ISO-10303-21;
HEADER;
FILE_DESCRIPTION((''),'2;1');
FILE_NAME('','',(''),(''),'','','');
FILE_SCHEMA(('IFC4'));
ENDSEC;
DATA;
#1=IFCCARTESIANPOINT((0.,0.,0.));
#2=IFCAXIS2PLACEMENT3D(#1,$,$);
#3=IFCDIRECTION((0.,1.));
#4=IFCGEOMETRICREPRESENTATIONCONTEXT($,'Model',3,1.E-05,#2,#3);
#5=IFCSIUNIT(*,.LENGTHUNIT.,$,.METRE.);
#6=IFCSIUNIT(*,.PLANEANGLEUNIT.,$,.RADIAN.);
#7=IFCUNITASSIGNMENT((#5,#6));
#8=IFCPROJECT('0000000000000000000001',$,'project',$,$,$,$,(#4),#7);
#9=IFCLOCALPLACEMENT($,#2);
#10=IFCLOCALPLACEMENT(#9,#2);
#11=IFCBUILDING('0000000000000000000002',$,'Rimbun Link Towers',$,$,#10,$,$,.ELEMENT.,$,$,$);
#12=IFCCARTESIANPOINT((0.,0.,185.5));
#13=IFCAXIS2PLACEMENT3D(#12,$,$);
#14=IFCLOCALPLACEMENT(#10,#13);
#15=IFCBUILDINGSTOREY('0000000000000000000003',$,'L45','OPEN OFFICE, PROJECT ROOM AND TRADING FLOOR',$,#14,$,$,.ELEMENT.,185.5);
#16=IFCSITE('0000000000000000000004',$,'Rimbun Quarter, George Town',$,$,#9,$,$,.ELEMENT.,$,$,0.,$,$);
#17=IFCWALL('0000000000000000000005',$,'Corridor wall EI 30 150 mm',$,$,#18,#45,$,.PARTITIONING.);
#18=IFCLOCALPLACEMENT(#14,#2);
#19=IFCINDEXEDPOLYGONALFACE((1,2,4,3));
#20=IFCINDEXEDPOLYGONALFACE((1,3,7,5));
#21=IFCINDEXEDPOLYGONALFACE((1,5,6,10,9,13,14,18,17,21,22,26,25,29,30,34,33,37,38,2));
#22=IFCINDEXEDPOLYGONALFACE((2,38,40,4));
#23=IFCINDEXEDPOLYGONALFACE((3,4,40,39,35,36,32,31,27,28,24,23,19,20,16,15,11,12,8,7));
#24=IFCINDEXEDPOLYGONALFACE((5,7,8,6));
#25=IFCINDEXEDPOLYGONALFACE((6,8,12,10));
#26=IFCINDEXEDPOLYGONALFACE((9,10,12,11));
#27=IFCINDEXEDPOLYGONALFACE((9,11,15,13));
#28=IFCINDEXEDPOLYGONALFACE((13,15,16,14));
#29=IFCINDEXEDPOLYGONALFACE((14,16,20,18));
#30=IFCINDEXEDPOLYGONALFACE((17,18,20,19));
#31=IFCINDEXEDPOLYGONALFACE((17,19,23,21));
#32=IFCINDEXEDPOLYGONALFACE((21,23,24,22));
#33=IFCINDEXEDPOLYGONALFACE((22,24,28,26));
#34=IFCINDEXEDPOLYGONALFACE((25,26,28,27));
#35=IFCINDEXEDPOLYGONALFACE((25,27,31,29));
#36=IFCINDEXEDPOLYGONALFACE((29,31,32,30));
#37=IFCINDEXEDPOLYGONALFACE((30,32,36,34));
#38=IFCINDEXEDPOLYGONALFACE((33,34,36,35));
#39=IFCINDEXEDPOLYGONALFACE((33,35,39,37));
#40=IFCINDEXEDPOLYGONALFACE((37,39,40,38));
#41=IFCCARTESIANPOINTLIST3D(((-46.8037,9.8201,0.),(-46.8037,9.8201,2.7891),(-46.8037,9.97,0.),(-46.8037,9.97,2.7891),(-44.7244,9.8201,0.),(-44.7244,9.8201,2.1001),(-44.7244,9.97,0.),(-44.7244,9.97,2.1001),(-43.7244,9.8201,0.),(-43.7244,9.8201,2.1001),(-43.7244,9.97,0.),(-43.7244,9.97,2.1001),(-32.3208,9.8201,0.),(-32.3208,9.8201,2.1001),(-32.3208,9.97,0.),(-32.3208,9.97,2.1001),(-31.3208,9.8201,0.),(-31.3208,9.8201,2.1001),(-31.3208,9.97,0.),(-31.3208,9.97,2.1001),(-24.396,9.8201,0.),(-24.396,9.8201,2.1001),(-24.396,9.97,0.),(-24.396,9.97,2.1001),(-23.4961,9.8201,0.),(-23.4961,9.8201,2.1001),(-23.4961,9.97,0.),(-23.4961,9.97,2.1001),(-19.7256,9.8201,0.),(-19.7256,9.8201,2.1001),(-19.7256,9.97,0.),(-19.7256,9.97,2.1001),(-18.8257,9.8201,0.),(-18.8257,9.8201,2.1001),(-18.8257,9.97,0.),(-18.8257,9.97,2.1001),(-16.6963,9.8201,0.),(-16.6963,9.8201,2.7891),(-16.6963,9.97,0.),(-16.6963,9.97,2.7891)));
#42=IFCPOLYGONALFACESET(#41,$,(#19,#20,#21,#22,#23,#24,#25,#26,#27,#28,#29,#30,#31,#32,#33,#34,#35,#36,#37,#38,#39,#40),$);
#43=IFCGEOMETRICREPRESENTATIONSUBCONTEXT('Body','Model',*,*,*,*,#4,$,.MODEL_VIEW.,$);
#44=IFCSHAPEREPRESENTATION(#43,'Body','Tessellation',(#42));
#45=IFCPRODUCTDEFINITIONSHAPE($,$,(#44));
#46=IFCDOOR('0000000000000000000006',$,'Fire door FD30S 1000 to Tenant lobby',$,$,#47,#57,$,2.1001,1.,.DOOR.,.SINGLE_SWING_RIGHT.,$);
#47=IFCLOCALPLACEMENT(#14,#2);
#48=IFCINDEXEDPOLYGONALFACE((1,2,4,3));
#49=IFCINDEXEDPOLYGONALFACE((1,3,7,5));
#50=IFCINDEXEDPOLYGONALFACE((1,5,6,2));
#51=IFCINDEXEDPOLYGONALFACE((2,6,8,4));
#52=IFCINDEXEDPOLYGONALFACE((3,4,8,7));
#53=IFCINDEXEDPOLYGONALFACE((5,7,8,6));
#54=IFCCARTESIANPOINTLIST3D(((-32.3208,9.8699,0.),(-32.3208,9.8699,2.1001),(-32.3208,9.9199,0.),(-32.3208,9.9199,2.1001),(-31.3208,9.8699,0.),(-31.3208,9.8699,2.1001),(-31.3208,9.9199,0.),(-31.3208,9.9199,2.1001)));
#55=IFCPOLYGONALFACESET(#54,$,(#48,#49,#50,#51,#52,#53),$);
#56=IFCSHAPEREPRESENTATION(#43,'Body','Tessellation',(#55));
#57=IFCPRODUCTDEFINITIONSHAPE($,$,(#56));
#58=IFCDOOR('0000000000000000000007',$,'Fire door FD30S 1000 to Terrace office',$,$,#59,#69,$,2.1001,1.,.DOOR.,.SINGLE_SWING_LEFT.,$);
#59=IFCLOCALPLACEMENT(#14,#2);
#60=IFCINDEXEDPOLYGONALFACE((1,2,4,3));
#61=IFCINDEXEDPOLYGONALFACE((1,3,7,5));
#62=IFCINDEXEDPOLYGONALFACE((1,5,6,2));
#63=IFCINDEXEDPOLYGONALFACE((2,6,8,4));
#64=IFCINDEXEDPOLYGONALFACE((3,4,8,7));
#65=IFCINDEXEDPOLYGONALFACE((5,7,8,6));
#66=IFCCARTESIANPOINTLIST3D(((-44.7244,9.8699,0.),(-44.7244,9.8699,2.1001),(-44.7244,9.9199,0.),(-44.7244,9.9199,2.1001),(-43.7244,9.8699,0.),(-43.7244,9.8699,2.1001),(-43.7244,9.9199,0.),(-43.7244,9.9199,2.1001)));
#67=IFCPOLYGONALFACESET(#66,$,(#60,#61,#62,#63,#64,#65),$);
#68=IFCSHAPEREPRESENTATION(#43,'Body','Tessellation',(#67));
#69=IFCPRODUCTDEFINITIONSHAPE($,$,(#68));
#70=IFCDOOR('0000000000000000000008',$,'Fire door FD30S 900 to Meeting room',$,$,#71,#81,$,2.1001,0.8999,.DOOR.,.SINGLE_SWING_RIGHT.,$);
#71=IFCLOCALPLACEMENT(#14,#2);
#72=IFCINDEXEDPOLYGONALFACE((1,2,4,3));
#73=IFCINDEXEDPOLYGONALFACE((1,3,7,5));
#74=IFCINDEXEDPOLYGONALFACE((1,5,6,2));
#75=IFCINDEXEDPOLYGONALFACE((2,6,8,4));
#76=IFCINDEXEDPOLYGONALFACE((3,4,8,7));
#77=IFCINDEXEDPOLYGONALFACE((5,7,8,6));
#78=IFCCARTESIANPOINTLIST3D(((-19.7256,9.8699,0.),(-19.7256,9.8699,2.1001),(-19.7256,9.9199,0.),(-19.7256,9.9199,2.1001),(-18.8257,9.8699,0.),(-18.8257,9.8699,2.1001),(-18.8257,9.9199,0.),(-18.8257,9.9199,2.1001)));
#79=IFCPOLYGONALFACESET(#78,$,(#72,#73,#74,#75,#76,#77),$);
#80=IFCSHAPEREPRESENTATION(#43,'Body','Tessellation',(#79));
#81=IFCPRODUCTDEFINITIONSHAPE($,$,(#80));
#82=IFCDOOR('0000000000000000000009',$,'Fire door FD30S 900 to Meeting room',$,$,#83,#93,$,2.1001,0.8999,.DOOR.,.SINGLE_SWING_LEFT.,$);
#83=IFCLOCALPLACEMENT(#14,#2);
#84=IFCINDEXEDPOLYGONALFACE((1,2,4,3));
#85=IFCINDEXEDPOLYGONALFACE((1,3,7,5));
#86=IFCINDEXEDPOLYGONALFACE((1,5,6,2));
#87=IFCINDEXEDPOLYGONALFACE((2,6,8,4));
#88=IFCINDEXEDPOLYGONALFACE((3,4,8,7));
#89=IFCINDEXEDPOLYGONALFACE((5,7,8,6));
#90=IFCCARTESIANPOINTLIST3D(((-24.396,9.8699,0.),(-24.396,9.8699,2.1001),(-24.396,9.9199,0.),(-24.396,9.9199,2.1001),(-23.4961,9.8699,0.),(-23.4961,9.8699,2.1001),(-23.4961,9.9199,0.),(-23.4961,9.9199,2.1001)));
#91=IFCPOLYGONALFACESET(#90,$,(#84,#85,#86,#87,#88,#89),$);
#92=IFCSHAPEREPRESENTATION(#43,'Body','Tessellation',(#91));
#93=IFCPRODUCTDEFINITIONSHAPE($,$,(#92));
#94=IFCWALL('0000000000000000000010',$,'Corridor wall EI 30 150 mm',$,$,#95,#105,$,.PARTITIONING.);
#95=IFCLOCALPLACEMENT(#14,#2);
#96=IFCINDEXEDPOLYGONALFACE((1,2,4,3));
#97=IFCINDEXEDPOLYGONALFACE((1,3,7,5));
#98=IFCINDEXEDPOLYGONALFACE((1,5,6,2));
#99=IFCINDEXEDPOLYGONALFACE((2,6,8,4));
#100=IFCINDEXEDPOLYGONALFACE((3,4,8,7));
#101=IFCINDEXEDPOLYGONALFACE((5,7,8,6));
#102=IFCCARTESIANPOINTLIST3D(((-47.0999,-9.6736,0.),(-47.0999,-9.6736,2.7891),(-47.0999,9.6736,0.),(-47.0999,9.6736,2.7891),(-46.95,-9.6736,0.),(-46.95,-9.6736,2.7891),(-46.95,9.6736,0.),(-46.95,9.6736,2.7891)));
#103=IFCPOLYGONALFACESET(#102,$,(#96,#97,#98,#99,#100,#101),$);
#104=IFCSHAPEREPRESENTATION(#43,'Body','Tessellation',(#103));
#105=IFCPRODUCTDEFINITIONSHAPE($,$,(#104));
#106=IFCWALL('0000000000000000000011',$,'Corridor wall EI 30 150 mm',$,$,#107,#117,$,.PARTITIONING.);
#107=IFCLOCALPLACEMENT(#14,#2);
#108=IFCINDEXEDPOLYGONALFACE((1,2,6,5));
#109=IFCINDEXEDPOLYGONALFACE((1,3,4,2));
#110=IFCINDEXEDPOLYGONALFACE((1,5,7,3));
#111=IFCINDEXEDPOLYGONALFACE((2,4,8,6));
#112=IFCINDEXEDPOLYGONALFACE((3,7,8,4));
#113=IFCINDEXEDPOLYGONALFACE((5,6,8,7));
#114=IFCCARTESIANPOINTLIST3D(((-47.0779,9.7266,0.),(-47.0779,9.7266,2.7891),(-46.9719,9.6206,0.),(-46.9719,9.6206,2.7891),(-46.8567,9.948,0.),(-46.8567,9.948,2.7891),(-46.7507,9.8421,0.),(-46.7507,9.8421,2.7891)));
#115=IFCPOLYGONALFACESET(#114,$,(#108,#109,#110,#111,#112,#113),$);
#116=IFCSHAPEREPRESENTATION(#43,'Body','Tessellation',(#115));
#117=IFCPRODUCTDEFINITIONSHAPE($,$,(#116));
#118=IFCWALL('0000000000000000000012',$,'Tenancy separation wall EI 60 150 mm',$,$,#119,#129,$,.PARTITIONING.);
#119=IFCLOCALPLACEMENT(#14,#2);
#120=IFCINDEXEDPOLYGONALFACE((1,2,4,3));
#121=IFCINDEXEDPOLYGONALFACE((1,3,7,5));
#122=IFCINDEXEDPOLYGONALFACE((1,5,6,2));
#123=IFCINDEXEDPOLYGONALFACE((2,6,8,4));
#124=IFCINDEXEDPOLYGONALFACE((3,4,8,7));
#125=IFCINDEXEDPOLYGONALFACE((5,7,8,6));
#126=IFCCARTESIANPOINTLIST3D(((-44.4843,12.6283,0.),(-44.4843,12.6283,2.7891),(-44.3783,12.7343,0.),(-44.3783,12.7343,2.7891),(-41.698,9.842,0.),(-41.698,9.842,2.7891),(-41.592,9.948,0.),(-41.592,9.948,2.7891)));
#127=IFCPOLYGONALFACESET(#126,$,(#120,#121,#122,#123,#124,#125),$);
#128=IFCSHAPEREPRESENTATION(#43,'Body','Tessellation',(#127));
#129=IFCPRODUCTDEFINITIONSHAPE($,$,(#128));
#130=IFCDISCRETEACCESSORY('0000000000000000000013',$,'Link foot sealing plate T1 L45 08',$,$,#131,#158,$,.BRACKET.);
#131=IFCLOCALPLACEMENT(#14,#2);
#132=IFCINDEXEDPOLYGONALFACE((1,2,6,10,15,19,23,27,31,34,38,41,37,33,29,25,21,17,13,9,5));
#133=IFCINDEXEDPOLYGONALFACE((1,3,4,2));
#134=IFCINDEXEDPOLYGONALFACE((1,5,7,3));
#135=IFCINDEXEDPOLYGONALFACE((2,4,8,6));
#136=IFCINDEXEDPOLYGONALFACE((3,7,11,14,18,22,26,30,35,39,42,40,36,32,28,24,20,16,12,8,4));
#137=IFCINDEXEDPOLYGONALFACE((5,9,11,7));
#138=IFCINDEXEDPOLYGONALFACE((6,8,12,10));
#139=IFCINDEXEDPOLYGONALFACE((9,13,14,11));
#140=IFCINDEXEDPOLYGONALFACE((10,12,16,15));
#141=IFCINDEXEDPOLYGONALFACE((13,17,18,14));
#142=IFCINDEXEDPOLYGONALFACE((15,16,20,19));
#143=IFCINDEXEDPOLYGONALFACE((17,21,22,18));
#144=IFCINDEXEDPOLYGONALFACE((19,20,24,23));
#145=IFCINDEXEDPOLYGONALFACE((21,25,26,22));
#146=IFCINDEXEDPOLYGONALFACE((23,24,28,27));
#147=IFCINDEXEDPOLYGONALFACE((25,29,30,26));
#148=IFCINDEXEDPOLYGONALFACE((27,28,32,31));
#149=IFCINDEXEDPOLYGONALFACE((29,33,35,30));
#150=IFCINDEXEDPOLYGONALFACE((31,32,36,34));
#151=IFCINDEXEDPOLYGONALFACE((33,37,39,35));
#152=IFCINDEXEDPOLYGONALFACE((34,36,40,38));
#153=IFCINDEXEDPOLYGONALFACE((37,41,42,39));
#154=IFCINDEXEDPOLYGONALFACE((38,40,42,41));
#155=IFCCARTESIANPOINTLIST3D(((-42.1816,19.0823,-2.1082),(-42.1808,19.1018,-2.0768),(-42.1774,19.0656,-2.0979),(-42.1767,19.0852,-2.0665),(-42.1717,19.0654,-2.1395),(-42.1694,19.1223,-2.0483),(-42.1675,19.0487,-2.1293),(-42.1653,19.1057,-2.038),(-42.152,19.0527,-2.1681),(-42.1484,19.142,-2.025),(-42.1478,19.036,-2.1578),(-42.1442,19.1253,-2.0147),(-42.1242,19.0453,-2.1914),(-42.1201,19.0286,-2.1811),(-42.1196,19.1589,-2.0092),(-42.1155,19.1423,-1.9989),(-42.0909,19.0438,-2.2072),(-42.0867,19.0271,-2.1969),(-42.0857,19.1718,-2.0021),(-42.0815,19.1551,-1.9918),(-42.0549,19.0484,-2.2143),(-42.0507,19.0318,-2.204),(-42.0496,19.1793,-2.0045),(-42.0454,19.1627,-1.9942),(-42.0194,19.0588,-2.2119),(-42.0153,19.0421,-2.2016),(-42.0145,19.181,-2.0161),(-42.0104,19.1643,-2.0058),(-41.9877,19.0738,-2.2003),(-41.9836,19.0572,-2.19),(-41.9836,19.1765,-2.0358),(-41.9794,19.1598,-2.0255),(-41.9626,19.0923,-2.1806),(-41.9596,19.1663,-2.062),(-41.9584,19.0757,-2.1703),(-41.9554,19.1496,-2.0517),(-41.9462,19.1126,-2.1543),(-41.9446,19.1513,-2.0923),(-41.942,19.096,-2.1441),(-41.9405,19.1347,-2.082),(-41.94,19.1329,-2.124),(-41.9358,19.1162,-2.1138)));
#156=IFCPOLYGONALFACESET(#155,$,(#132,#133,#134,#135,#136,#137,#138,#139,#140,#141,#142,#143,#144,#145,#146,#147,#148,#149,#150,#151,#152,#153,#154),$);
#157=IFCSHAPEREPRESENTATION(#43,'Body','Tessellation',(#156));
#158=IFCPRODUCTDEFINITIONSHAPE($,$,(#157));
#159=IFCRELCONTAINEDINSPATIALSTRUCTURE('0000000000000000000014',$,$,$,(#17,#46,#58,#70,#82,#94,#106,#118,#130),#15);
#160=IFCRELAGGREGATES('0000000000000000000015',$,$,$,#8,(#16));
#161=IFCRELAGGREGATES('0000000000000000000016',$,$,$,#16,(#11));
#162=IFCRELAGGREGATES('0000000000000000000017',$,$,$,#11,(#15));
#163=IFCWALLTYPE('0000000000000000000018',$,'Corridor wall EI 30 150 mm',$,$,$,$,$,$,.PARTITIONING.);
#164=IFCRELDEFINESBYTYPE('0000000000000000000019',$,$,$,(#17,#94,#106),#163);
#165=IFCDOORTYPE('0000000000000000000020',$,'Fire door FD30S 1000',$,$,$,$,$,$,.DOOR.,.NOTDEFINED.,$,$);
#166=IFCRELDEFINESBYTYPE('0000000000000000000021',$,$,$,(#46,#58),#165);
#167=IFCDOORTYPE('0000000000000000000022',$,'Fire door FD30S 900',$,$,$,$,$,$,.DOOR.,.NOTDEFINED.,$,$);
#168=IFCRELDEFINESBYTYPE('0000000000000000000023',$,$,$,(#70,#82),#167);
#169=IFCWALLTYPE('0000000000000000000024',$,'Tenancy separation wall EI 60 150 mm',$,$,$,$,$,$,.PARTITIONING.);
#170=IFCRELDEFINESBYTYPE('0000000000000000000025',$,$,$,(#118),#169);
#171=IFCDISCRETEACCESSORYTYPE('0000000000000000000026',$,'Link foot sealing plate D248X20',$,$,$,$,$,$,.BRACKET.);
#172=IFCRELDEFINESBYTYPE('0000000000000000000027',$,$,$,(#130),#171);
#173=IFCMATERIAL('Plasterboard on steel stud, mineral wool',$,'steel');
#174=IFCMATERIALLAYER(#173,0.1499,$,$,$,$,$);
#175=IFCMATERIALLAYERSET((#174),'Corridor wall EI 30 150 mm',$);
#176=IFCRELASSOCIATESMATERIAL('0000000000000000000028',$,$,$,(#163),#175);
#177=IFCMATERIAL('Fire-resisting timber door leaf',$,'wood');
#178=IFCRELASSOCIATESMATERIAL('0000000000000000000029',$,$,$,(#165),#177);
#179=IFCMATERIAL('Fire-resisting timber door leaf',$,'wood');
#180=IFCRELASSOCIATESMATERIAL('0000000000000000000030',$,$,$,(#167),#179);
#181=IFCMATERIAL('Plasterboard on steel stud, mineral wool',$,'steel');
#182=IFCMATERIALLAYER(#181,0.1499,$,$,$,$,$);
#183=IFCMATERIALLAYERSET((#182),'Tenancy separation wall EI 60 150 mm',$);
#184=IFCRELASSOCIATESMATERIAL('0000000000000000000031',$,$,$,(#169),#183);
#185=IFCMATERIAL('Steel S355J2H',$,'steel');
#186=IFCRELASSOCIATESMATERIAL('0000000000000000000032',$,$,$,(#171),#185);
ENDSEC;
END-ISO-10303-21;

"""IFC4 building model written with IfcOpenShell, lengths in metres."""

from ifc_helpers import new_model, si_unit, direction, frame, frame_2d, origin, origin_2d, place, context, subcontext, project, spatial, rectangle, circle, extrude, material, layer, layer_set, material_profile, profile_set, type_object, element, fill, save


model = new_model("IFC4")

# Units and contexts
model_context = context("Model", 3, precision=1e-05, world=origin(), true_north=direction((0.0, 1.0)))
body_context = subcontext(model_context, "Body", "Model", "MODEL_VIEW")
ifc_project = project(units=[si_unit("LENGTHUNIT", "METRE"), si_unit("PLANEANGLEUNIT", "RADIAN")], contexts=[model_context])

# Site, building, storey
site_placement = place(None, origin())
site = spatial("IfcSite", under=ifc_project, at=site_placement, Name="Rimbun Quarter, George Town", CompositionType="ELEMENT", RefElevation=0.0)
building_placement = place(site_placement, origin())
building = spatial("IfcBuilding", under=site, at=building_placement, Name="Rimbun Link Towers", CompositionType="ELEMENT")
storey_placement = place(building_placement, frame((0.0, 0.0, 185.5)))
storey = spatial("IfcBuildingStorey", under=building, at=storey_placement, Name="L45", Description="OPEN OFFICE, PROJECT ROOM AND TRADING FLOOR", CompositionType="ELEMENT", Elevation=185.5)

# Wall, openings, doors
ifc_material_1 = material(Name="Plasterboard on steel stud, mineral wool", Category="steel")
ifc_layer_1 = layer(ifc_material_1, 0.1499)
ifc_layer_set_1 = layer_set([ifc_layer_1], Name="Corridor wall EI 30 150 mm")
wall_type_1 = type_object("IfcWallType", Name="Corridor wall EI 30 150 mm", PredefinedType="PARTITIONING", material=ifc_layer_set_1)
wall_1_placement = place(storey_placement, frame((-46.8037, 9.895, 0.0), z_axis=(0.0, 0.0, 1.0), x_axis=(1.0, 0.0, 0.0)))
wall_1 = element("IfcWall", 1, at=wall_1_placement, inside=storey, type_object=wall_type_1, Name="Corridor wall EI 30 150 mm", PredefinedType="PARTITIONING", context=body_context, shape_type="SweptSolid", body=[
    extrude(rectangle(XDim=30.1074, YDim=0.1499, at=frame_2d((15.0537, 0.0))), origin(), (0.0, 0.0, 1.0), 2.7891),
])
opening_1_placement = place(wall_1_placement, frame((27.0781, 0.0, 0.0)))
opening_1 = element("IfcOpeningElement", 2, at=opening_1_placement, cuts=wall_1, PredefinedType="OPENING", context=body_context, shape_type="SweptSolid", body=[
    extrude(rectangle(XDim=0.8999, YDim=2.1001, at=frame_2d((0.45, 1.05))), frame((0.0, 0.085, 0.0), z_axis=(0.0, -1.0, 0.0), x_axis=(1.0, 0.0, 0.0)), (0.0, 0.0, 1.0), 0.1699),
])
opening_2_placement = place(wall_1_placement, frame((22.4077, 0.0, 0.0)))
opening_2 = element("IfcOpeningElement", 3, at=opening_2_placement, cuts=wall_1, PredefinedType="OPENING", context=body_context, shape_type="SweptSolid", body=[
    extrude(rectangle(XDim=0.8999, YDim=2.1001, at=frame_2d((0.45, 1.05))), frame((0.0, 0.085, 0.0), z_axis=(0.0, -1.0, 0.0), x_axis=(1.0, 0.0, 0.0)), (0.0, 0.0, 1.0), 0.1699),
])
opening_3_placement = place(wall_1_placement, frame((14.4829, 0.0, 0.0)))
opening_3 = element("IfcOpeningElement", 4, at=opening_3_placement, cuts=wall_1, PredefinedType="OPENING", context=body_context, shape_type="SweptSolid", body=[
    extrude(rectangle(XDim=1.0, YDim=2.1001, at=frame_2d((0.5, 1.05))), frame((0.0, 0.085, 0.0), z_axis=(0.0, -1.0, 0.0), x_axis=(1.0, 0.0, 0.0)), (0.0, 0.0, 1.0), 0.1699),
])
opening_4_placement = place(wall_1_placement, frame((2.0793, 0.0, 0.0)))
opening_4 = element("IfcOpeningElement", 5, at=opening_4_placement, cuts=wall_1, PredefinedType="OPENING", context=body_context, shape_type="SweptSolid", body=[
    extrude(rectangle(XDim=1.0, YDim=2.1001, at=frame_2d((0.5, 1.05))), frame((0.0, 0.085, 0.0), z_axis=(0.0, -1.0, 0.0), x_axis=(1.0, 0.0, 0.0)), (0.0, 0.0, 1.0), 0.1699),
])
ifc_material_2 = material(Name="Fire-resisting timber door leaf", Category="wood")
door_type_1 = type_object("IfcDoorType", Name="Fire door FD30S 1000", OperationType="NOTDEFINED", PredefinedType="DOOR", material=ifc_material_2)
door_1_placement = place(opening_3_placement, origin())
door_1 = element("IfcDoor", 6, at=door_1_placement, inside=storey, type_object=door_type_1, Name="Fire door FD30S 1000 to Tenant lobby", OperationType="SINGLE_SWING_RIGHT", OverallHeight=2.1001, OverallWidth=1.0, PredefinedType="DOOR", context=body_context, shape_type="SweptSolid", body=[
    extrude(rectangle(XDim=1.0, YDim=2.1001, at=frame_2d((0.5, 1.05))), frame((0.0, 0.0249, 0.0), z_axis=(0.0, -1.0, 0.0), x_axis=(1.0, 0.0, 0.0)), (0.0, 0.0, 1.0), 0.05),
])
fill(opening_3, door_1)
door_2_placement = place(opening_4_placement, origin())
door_2 = element("IfcDoor", 7, at=door_2_placement, inside=storey, type_object=door_type_1, Name="Fire door FD30S 1000 to Terrace office", OperationType="SINGLE_SWING_LEFT", OverallHeight=2.1001, OverallWidth=1.0, PredefinedType="DOOR", context=body_context, shape_type="SweptSolid", body=[
    extrude(rectangle(XDim=1.0, YDim=2.1001, at=frame_2d((0.5, 1.05))), frame((0.0, 0.0249, 0.0), z_axis=(0.0, -1.0, 0.0), x_axis=(1.0, 0.0, 0.0)), (0.0, 0.0, 1.0), 0.05),
])
fill(opening_4, door_2)
ifc_material_3 = material(Name="Fire-resisting timber door leaf", Category="wood")
door_type_2 = type_object("IfcDoorType", Name="Fire door FD30S 900", OperationType="NOTDEFINED", PredefinedType="DOOR", material=ifc_material_3)
door_3_placement = place(opening_1_placement, origin())
door_3 = element("IfcDoor", 8, at=door_3_placement, inside=storey, type_object=door_type_2, Name="Fire door FD30S 900 to Meeting room", OperationType="SINGLE_SWING_RIGHT", OverallHeight=2.1001, OverallWidth=0.8999, PredefinedType="DOOR", context=body_context, shape_type="SweptSolid", body=[
    extrude(rectangle(XDim=0.8999, YDim=2.1001, at=frame_2d((0.45, 1.05))), frame((0.0, 0.0249, 0.0), z_axis=(0.0, -1.0, 0.0), x_axis=(1.0, 0.0, 0.0)), (0.0, 0.0, 1.0), 0.05),
])
fill(opening_1, door_3)
door_4_placement = place(opening_2_placement, origin())
door_4 = element("IfcDoor", 9, at=door_4_placement, inside=storey, type_object=door_type_2, Name="Fire door FD30S 900 to Meeting room", OperationType="SINGLE_SWING_LEFT", OverallHeight=2.1001, OverallWidth=0.8999, PredefinedType="DOOR", context=body_context, shape_type="SweptSolid", body=[
    extrude(rectangle(XDim=0.8999, YDim=2.1001, at=frame_2d((0.45, 1.05))), frame((0.0, 0.0249, 0.0), z_axis=(0.0, -1.0, 0.0), x_axis=(1.0, 0.0, 0.0)), (0.0, 0.0, 1.0), 0.05),
])
fill(opening_2, door_4)

# Walls
wall_2_placement = place(storey_placement, frame((-47.0249, 9.6736, 0.0), z_axis=(0.0, 0.0, 1.0), x_axis=(0.0, -1.0, 0.0)))
element("IfcWall", 10, at=wall_2_placement, inside=storey, type_object=wall_type_1, Name="Corridor wall EI 30 150 mm", PredefinedType="PARTITIONING", context=body_context, shape_type="SweptSolid", body=[
    extrude(rectangle(XDim=19.3472, YDim=0.1499, at=frame_2d((9.6736, 0.0))), origin(), (0.0, 0.0, 1.0), 2.7891),
])
wall_3_placement = place(storey_placement, frame((-46.8037, 9.895, 0.0), z_axis=(0.0, 0.0, 1.0), x_axis=(-0.706717, -0.707497, 0.0)))
element("IfcWall", 11, at=wall_3_placement, inside=storey, type_object=wall_type_1, Name="Corridor wall EI 30 150 mm", PredefinedType="PARTITIONING", context=body_context, shape_type="SweptSolid", body=[
    extrude(rectangle(XDim=0.313, YDim=0.1499, at=frame_2d((0.1565, 0.0))), origin(), (0.0, 0.0, 1.0), 2.7891),
])
ifc_material_4 = material(Name="Plasterboard on steel stud, mineral wool", Category="steel")
ifc_layer_2 = layer(ifc_material_4, 0.1499)
ifc_layer_set_2 = layer_set([ifc_layer_2], Name="Tenancy separation wall EI 60 150 mm")
wall_type_2 = type_object("IfcWallType", Name="Tenancy separation wall EI 60 150 mm", PredefinedType="PARTITIONING", material=ifc_layer_set_2)
wall_4_placement = place(storey_placement, frame((-41.645, 9.895, 0.0), z_axis=(0.0, 0.0, 1.0), x_axis=(-0.707107, 0.707107, 0.0)))
element("IfcWall", 12, at=wall_4_placement, inside=storey, type_object=wall_type_2, Name="Tenancy separation wall EI 60 150 mm", PredefinedType="PARTITIONING", context=body_context, shape_type="SweptSolid", body=[
    extrude(rectangle(XDim=3.9404, YDim=0.1499, at=frame_2d((1.9702, 0.0))), origin(), (0.0, 0.0, 1.0), 2.7891),
])

# Discrete accessory
ifc_material_5 = material(Name="Steel S355J2H", Category="steel")
ifc_material_profile_1 = material_profile(ifc_material_5, circle(Radius=0.124, at=origin_2d()), Name="PL D248")
ifc_profile_set_1 = profile_set([ifc_material_profile_1], Name="Steel S355J2H")
discrete_accessory_type = type_object("IfcDiscreteAccessoryType", Name="Link foot sealing plate D248X20", PredefinedType="BRACKET", material=ifc_profile_set_1)
discrete_accessory_placement = place(storey_placement, frame((-42.0571, 19.0957, -2.0979), z_axis=(-0.208045, 0.832182, -0.513995), x_axis=(-0.970143, -0.242536, 0.0)))
element("IfcDiscreteAccessory", 13, at=discrete_accessory_placement, inside=storey, type_object=discrete_accessory_type, Name="Link foot sealing plate T1 L45 08", PredefinedType="BRACKET", context=body_context, shape_type="SweptSolid", body=[
    extrude(circle(Radius=0.124, at=origin_2d()), origin(), (0.0, 0.0, 1.0), 0.02),
])

save(model, "model.ifc")
